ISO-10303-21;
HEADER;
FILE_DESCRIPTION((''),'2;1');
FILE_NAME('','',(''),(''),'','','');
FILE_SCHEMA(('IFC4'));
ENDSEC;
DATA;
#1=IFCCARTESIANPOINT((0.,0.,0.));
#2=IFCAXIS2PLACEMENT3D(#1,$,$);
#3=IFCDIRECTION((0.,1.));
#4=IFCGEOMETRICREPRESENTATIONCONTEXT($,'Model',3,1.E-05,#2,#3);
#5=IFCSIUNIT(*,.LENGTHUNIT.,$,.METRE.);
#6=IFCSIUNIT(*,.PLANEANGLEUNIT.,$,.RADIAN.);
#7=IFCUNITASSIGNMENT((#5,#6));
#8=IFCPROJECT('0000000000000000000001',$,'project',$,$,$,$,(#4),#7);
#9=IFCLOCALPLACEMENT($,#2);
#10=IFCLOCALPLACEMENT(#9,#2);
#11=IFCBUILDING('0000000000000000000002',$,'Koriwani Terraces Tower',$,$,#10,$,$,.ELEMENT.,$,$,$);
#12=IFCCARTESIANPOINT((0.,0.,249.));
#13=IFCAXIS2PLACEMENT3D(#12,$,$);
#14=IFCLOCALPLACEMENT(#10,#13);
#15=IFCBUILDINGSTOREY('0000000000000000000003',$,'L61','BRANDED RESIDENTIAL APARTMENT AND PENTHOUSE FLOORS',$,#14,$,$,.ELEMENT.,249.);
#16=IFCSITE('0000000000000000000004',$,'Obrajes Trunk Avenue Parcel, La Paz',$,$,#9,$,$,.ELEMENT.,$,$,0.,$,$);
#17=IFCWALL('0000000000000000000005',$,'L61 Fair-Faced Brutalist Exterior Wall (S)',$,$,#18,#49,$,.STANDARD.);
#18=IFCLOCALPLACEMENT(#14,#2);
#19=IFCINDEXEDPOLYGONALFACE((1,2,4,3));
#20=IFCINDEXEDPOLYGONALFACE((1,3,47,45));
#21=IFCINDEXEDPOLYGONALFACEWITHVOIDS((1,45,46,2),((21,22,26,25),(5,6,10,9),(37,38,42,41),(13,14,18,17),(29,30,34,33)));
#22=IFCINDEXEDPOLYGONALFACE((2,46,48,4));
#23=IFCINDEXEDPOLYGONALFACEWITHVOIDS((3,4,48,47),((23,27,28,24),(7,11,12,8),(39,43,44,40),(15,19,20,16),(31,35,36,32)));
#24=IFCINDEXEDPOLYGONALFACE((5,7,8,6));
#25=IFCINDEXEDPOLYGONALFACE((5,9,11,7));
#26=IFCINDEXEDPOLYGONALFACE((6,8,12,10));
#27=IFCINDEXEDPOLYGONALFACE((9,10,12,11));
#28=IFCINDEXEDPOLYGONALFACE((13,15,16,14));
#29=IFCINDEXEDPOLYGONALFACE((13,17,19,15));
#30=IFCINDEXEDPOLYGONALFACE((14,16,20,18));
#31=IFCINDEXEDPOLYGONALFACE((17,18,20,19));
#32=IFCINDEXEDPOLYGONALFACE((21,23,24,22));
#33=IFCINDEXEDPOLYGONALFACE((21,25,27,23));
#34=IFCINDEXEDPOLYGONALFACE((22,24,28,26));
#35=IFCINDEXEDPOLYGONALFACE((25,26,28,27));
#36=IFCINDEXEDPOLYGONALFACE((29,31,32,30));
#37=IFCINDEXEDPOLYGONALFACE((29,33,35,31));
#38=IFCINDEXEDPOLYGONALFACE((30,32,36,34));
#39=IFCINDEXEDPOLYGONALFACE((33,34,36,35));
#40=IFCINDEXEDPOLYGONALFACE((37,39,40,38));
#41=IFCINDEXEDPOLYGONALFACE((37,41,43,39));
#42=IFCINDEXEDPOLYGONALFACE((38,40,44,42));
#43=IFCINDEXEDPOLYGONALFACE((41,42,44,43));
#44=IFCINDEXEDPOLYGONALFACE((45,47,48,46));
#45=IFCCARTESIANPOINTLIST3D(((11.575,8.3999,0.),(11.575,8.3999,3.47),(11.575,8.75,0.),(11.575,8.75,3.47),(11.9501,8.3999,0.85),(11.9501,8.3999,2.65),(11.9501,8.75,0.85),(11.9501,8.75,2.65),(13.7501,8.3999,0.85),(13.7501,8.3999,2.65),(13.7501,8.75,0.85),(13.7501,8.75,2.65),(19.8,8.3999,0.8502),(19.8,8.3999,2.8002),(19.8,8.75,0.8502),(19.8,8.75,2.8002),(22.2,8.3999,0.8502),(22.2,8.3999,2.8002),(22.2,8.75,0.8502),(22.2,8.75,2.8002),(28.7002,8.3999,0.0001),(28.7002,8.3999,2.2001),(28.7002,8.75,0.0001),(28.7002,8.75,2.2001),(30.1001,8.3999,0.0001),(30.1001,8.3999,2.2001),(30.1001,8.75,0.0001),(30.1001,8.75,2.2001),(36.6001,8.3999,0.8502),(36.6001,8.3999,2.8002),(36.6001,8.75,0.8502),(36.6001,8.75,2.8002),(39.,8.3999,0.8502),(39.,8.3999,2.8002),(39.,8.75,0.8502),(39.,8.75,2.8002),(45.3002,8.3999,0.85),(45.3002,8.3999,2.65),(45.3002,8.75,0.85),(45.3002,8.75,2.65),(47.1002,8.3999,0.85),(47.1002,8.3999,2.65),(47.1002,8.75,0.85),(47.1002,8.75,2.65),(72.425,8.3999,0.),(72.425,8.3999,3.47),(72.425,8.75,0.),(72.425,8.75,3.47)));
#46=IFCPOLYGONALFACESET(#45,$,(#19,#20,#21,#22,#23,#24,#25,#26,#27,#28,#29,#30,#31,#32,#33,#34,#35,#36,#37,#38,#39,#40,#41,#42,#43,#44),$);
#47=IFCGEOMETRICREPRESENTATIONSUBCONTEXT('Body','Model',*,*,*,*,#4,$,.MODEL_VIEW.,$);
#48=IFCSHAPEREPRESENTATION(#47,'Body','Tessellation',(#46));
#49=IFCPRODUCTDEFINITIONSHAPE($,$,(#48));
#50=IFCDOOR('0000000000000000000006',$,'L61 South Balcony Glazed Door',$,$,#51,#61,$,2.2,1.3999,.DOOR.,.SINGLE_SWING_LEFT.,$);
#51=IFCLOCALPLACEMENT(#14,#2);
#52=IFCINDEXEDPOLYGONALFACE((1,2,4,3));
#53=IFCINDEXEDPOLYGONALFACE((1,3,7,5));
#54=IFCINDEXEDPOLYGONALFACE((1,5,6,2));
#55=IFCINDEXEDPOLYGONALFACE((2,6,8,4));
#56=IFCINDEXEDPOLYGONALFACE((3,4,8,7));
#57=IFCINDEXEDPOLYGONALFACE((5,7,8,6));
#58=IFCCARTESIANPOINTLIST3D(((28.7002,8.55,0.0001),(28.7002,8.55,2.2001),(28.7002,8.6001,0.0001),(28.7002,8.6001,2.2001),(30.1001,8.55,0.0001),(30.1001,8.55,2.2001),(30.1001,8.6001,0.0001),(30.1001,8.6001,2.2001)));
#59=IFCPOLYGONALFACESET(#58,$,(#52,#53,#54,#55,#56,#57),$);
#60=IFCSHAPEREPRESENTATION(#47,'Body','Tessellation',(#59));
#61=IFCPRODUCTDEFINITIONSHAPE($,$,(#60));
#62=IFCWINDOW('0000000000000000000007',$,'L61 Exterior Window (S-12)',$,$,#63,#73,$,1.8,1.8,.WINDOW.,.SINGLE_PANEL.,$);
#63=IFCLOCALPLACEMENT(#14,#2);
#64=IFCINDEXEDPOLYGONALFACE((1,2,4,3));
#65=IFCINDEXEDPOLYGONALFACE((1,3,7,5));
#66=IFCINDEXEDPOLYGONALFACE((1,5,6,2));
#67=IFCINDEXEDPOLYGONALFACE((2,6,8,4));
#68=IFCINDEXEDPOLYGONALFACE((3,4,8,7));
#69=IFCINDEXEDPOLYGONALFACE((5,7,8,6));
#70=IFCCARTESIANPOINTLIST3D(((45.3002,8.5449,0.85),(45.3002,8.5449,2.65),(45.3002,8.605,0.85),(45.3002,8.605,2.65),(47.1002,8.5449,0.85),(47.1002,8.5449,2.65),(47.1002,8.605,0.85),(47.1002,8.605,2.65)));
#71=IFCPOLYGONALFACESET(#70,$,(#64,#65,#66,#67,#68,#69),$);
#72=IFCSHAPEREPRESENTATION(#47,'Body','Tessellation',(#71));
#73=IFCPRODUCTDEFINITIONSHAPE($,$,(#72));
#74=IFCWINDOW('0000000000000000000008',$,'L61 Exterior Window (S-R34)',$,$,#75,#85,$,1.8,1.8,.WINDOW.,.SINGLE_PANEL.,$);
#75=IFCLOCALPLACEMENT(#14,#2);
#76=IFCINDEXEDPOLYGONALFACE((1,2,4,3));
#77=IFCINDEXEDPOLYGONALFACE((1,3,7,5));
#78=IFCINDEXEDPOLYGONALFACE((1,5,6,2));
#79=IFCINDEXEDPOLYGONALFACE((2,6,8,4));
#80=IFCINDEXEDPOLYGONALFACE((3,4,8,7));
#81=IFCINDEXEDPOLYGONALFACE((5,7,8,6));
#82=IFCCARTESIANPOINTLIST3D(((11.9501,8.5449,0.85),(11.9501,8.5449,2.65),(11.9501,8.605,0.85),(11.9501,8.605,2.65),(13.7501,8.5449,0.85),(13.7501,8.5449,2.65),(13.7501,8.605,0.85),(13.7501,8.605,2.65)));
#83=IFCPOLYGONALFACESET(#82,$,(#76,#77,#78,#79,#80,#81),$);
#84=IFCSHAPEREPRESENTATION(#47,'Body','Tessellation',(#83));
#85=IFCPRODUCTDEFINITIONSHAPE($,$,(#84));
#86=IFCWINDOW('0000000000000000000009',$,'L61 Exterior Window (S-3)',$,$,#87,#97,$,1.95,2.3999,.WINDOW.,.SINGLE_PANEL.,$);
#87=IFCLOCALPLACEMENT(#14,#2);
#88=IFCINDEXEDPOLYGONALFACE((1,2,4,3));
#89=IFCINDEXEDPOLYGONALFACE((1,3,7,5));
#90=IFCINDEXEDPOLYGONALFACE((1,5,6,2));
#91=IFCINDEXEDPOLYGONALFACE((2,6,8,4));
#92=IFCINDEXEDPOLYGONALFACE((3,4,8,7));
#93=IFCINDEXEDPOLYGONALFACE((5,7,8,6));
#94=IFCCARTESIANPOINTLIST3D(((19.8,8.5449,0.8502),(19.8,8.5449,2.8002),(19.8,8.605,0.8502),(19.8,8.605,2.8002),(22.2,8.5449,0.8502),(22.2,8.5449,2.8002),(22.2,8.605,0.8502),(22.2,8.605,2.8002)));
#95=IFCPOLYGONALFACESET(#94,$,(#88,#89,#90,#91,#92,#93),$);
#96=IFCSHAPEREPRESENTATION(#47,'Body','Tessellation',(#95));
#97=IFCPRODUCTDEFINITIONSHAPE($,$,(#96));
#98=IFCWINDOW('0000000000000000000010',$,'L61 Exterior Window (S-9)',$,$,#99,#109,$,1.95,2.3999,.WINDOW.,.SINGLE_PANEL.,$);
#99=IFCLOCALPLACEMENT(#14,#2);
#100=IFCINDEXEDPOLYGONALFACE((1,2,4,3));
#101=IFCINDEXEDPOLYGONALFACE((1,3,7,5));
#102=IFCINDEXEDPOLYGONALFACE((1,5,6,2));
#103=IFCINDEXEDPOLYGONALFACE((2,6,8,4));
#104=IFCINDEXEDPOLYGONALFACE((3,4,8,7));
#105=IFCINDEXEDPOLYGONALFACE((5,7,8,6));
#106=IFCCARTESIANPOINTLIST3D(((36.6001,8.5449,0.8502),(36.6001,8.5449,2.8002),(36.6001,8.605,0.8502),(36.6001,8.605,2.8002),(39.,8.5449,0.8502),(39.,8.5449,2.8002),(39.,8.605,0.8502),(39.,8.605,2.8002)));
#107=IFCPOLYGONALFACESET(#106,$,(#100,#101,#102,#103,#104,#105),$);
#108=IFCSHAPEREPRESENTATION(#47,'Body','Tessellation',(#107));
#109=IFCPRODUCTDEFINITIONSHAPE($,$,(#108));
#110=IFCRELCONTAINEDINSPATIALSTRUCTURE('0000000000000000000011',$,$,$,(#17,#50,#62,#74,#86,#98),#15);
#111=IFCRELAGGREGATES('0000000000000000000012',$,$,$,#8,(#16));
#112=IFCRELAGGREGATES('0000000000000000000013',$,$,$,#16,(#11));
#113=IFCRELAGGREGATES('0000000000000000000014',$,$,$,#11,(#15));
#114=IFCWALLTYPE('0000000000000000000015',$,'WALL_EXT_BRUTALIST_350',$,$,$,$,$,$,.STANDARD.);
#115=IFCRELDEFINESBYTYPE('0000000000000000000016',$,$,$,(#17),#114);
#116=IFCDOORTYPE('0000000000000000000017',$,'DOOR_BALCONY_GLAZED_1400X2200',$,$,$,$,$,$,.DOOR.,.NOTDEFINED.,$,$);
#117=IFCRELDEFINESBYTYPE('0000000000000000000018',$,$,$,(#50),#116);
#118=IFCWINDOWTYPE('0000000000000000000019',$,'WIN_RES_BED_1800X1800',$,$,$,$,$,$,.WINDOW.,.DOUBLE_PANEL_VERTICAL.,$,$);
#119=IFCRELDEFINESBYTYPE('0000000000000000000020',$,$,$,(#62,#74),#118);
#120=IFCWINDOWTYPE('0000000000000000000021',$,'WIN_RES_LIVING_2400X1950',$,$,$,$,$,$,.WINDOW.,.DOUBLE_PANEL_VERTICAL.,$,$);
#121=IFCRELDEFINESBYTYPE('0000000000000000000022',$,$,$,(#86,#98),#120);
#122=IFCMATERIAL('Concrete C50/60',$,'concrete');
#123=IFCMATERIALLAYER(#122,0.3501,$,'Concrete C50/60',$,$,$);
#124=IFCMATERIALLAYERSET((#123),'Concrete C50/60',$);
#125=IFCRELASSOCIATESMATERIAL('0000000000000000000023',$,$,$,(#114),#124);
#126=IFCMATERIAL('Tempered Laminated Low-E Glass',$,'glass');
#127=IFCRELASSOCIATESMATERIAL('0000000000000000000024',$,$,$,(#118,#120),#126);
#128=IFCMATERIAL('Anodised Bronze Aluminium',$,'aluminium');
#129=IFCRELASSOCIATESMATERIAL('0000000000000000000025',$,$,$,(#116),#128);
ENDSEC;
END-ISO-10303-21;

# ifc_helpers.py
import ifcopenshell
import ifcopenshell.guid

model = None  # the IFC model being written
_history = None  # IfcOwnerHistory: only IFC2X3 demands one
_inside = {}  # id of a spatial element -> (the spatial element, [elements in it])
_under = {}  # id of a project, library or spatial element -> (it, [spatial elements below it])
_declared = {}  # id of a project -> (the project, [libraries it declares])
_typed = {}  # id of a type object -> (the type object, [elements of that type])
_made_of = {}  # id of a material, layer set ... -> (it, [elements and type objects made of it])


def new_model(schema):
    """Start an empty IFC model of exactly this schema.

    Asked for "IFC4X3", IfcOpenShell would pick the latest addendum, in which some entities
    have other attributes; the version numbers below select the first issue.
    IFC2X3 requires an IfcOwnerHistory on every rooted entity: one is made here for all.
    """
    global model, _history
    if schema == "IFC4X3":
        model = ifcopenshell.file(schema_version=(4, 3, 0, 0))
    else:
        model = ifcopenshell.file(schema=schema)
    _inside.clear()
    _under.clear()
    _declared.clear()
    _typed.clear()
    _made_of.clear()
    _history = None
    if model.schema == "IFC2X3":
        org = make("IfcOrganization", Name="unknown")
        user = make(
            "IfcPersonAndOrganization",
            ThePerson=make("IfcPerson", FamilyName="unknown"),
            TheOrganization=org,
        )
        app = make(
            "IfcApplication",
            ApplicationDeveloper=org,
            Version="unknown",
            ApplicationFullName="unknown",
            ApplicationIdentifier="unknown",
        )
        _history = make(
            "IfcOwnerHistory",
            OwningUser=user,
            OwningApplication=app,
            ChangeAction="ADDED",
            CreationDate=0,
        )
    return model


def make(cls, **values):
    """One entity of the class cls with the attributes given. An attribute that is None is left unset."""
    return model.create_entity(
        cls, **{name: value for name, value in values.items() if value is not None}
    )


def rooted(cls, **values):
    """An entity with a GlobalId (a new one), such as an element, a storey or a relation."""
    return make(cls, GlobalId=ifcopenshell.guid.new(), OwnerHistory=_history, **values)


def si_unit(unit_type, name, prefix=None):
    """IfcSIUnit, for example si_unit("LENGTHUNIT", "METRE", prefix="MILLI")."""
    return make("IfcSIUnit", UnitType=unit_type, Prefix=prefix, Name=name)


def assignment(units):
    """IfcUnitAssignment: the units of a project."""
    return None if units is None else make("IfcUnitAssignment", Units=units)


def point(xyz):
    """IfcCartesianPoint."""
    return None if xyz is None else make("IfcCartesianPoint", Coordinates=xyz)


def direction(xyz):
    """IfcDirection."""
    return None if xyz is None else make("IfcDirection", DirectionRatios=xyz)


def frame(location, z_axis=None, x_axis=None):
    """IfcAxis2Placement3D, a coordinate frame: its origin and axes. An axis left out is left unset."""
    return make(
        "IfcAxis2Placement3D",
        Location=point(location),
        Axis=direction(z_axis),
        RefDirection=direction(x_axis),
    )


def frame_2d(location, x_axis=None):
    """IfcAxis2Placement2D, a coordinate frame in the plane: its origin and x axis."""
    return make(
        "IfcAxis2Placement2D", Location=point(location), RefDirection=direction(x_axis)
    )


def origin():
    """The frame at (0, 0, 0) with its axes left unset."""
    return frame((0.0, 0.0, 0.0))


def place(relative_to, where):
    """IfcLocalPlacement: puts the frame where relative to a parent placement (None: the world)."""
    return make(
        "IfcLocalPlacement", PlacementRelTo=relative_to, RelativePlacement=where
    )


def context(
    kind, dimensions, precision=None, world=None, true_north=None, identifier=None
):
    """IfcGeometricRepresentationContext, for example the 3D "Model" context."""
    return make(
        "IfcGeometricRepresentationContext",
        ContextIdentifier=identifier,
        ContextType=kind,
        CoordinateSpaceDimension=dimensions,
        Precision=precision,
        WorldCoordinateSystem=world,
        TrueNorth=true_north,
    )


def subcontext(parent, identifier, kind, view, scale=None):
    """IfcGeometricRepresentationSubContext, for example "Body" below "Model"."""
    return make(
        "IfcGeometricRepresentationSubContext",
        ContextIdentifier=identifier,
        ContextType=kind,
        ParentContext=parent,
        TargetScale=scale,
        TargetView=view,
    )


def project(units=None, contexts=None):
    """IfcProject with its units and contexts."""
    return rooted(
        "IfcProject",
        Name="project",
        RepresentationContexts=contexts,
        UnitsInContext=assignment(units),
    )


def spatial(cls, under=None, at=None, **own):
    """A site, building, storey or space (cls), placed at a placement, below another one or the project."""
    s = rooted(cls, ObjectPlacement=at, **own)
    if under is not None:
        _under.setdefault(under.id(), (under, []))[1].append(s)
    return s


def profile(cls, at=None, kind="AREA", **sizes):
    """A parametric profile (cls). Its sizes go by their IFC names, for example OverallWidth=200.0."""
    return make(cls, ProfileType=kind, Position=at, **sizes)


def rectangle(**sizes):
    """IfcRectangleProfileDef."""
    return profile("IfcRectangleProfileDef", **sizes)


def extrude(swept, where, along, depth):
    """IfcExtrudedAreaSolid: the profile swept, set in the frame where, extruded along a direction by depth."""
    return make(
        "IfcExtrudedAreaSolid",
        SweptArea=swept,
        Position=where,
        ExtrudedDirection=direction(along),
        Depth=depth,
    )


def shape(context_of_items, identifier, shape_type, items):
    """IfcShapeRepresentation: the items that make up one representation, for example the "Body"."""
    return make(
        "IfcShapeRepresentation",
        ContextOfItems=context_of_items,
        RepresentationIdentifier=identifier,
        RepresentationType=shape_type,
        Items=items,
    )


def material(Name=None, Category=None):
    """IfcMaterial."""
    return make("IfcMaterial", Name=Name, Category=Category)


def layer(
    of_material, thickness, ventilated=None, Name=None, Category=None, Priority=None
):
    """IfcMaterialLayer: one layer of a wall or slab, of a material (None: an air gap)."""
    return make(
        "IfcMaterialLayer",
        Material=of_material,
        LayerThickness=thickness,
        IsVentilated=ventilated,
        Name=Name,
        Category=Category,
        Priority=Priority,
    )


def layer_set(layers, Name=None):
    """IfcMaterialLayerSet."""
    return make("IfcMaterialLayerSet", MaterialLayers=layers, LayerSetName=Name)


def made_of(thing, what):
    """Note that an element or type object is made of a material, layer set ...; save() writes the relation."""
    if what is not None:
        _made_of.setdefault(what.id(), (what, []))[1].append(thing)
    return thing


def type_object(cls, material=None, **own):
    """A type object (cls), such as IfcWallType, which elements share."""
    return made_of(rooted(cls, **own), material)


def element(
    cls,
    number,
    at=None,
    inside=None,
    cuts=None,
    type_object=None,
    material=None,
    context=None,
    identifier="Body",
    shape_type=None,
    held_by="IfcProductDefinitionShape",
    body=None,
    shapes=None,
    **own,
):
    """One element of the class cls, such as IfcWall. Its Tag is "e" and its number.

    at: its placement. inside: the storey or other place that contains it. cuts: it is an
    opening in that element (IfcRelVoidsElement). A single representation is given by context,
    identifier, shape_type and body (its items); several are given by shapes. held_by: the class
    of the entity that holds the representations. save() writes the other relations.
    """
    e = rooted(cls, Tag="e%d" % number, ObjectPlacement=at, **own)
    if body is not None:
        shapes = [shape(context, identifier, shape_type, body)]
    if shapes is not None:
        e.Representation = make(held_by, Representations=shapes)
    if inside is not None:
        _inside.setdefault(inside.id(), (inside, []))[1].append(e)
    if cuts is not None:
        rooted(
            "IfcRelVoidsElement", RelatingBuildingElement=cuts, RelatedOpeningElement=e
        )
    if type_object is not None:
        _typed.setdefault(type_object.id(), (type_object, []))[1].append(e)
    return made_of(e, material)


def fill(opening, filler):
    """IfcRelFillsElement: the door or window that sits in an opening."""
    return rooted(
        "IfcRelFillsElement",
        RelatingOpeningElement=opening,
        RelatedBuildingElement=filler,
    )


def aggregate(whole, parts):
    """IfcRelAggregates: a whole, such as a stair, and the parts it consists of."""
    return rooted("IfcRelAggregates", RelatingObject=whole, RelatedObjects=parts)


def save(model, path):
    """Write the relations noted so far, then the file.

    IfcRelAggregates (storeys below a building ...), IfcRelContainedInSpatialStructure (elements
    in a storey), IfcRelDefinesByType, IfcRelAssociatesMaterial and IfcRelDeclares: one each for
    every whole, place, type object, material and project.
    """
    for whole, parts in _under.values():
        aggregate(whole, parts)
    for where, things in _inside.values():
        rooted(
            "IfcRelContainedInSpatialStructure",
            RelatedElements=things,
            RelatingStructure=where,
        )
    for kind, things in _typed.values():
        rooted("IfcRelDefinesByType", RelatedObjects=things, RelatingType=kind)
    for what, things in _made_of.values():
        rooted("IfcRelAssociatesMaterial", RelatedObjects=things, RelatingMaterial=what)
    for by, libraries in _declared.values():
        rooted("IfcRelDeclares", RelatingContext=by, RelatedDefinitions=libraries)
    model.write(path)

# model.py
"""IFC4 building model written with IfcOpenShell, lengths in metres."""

from ifc_helpers import new_model, si_unit, direction, frame, frame_2d, origin, place, context, subcontext, project, spatial, rectangle, extrude, material, layer, layer_set, type_object, element, fill, save


model = new_model("IFC4")

# Units and contexts
model_context = context("Model", 3, precision=1e-05, world=origin(), true_north=direction((0.0, 1.0)))
body_context = subcontext(model_context, "Body", "Model", "MODEL_VIEW")
ifc_project = project(units=[si_unit("LENGTHUNIT", "METRE"), si_unit("PLANEANGLEUNIT", "RADIAN")], contexts=[model_context])

# Site, building, storey
site_placement = place(None, origin())
site = spatial("IfcSite", under=ifc_project, at=site_placement, Name="Obrajes Trunk Avenue Parcel, La Paz", CompositionType="ELEMENT", RefElevation=0.0)
building_placement = place(site_placement, origin())
building = spatial("IfcBuilding", under=site, at=building_placement, Name="Koriwani Terraces Tower", CompositionType="ELEMENT")
storey_placement = place(building_placement, frame((0.0, 0.0, 249.0)))
storey = spatial("IfcBuildingStorey", under=building, at=storey_placement, Name="L61", Description="BRANDED RESIDENTIAL APARTMENT AND PENTHOUSE FLOORS", CompositionType="ELEMENT", Elevation=249.0)

# Shared definitions
ifc_material_1 = material(Name="Concrete C50/60", Category="concrete")

# Shared definitions
ifc_layer = layer(ifc_material_1, 0.3501, Name="Concrete C50/60")
ifc_layer_set = layer_set([ifc_layer], Name="Concrete C50/60")
wall_type = type_object("IfcWallType", Name="WALL_EXT_BRUTALIST_350", PredefinedType="STANDARD", material=ifc_layer_set)
ifc_material_2 = material(Name="Tempered Laminated Low-E Glass", Category="glass")
window_type_1 = type_object("IfcWindowType", Name="WIN_RES_BED_1800X1800", PartitioningType="DOUBLE_PANEL_VERTICAL", PredefinedType="WINDOW", material=ifc_material_2)

# Wall, openings, door, windows
wall_1_placement = place(storey_placement, frame((72.425, 8.575, 0.0), z_axis=(0.0, 0.0, 1.0), x_axis=(-1.0, 0.0, 0.0)))
wall_1 = element("IfcWall", 1, at=wall_1_placement, inside=storey, type_object=wall_type, Name="L61 Fair-Faced Brutalist Exterior Wall (S)", PredefinedType="STANDARD", context=body_context, shape_type="SweptSolid", body=[
    extrude(rectangle(XDim=60.8501, YDim=0.3501, at=frame_2d((30.425, 0.0))), origin(), (0.0, 0.0, 1.0), 3.47),
])
opening_1_placement = place(wall_1_placement, frame((42.325, 0.0, 0.0)))
opening_1 = element("IfcOpeningElement", 2, at=opening_1_placement, cuts=wall_1, PredefinedType="OPENING", context=body_context, shape_type="SweptSolid", body=[
    extrude(rectangle(XDim=1.3999, YDim=2.2, at=frame_2d((0.7, 1.1001))), frame((0.0, 0.1851, 0.0), z_axis=(0.0, -1.0, 0.0), x_axis=(1.0, 0.0, 0.0)), (0.0, 0.0, 1.0), 0.3701),
])
opening_2_placement = place(wall_1_placement, frame((50.2251, 0.0, 0.8501)))
opening_2 = element("IfcOpeningElement", 3, at=opening_2_placement, cuts=wall_1, PredefinedType="OPENING", context=body_context, shape_type="SweptSolid", body=[
    extrude(rectangle(XDim=2.3999, YDim=1.95, at=frame_2d((1.2, 0.9751))), frame((0.0, 0.1851, 0.0), z_axis=(0.0, -1.0, 0.0), x_axis=(1.0, 0.0, 0.0)), (0.0, 0.0, 1.0), 0.3701),
])
opening_3_placement = place(wall_1_placement, frame((33.425, 0.0, 0.8501)))
opening_3 = element("IfcOpeningElement", 4, at=opening_3_placement, cuts=wall_1, PredefinedType="OPENING", context=body_context, shape_type="SweptSolid", body=[
    extrude(rectangle(XDim=2.3999, YDim=1.95, at=frame_2d((1.2, 0.9751))), frame((0.0, 0.1851, 0.0), z_axis=(0.0, -1.0, 0.0), x_axis=(1.0, 0.0, 0.0)), (0.0, 0.0, 1.0), 0.3701),
])
opening_4_placement = place(wall_1_placement, frame((25.325, 0.0, 0.8501)))
opening_4 = element("IfcOpeningElement", 5, at=opening_4_placement, cuts=wall_1, PredefinedType="OPENING", context=body_context, shape_type="SweptSolid", body=[
    extrude(rectangle(XDim=1.8, YDim=1.8, at=frame_2d((0.8999, 0.8999))), frame((0.0, 0.1851, 0.0), z_axis=(0.0, -1.0, 0.0), x_axis=(1.0, 0.0, 0.0)), (0.0, 0.0, 1.0), 0.3701),
])
opening_5_placement = place(wall_1_placement, frame((58.675, 0.0, 0.8501)))
opening_5 = element("IfcOpeningElement", 6, at=opening_5_placement, cuts=wall_1, PredefinedType="OPENING", context=body_context, shape_type="SweptSolid", body=[
    extrude(rectangle(XDim=1.8, YDim=1.8, at=frame_2d((0.8999, 0.8999))), frame((0.0, 0.1851, 0.0), z_axis=(0.0, -1.0, 0.0), x_axis=(1.0, 0.0, 0.0)), (0.0, 0.0, 1.0), 0.3701),
])
ifc_material_3 = material(Name="Anodised Bronze Aluminium", Category="aluminium")
door_type = type_object("IfcDoorType", Name="DOOR_BALCONY_GLAZED_1400X2200", OperationType="NOTDEFINED", PredefinedType="DOOR", material=ifc_material_3)
door_placement = place(opening_1_placement, origin())
door = element("IfcDoor", 7, at=door_placement, inside=storey, type_object=door_type, Name="L61 South Balcony Glazed Door", OperationType="SINGLE_SWING_LEFT", OverallHeight=2.2, OverallWidth=1.3999, PredefinedType="DOOR", context=body_context, shape_type="SweptSolid", body=[
    extrude(rectangle(XDim=1.3999, YDim=2.2, at=frame_2d((0.7, 1.1001))), frame((0.0, 0.0249, 0.0), z_axis=(0.0, -1.0, 0.0), x_axis=(1.0, 0.0, 0.0)), (0.0, 0.0, 1.0), 0.05),
])
fill(opening_1, door)
window_1_placement = place(opening_4_placement, origin())
window_1 = element("IfcWindow", 8, at=window_1_placement, inside=storey, type_object=window_type_1, Name="L61 Exterior Window (S-12)", OverallHeight=1.8, OverallWidth=1.8, PartitioningType="SINGLE_PANEL", PredefinedType="WINDOW", context=body_context, shape_type="SweptSolid", body=[
    extrude(rectangle(XDim=1.8, YDim=1.8, at=frame_2d((0.8999, 0.8999))), frame((0.0, 0.03, 0.0), z_axis=(0.0, -1.0, 0.0), x_axis=(1.0, 0.0, 0.0)), (0.0, 0.0, 1.0), 0.0601),
])
fill(opening_4, window_1)
window_2_placement = place(opening_5_placement, origin())
window_2 = element("IfcWindow", 9, at=window_2_placement, inside=storey, type_object=window_type_1, Name="L61 Exterior Window (S-R34)", OverallHeight=1.8, OverallWidth=1.8, PartitioningType="SINGLE_PANEL", PredefinedType="WINDOW", context=body_context, shape_type="SweptSolid", body=[
    extrude(rectangle(XDim=1.8, YDim=1.8, at=frame_2d((0.8999, 0.8999))), frame((0.0, 0.03, 0.0), z_axis=(0.0, -1.0, 0.0), x_axis=(1.0, 0.0, 0.0)), (0.0, 0.0, 1.0), 0.0601),
])
fill(opening_5, window_2)
window_type_2 = type_object("IfcWindowType", Name="WIN_RES_LIVING_2400X1950", PartitioningType="DOUBLE_PANEL_VERTICAL", PredefinedType="WINDOW", material=ifc_material_2)
window_3_placement = place(opening_2_placement, origin())
window_3 = element("IfcWindow", 10, at=window_3_placement, inside=storey, type_object=window_type_2, Name="L61 Exterior Window (S-3)", OverallHeight=1.95, OverallWidth=2.3999, PartitioningType="SINGLE_PANEL", PredefinedType="WINDOW", context=body_context, shape_type="SweptSolid", body=[
    extrude(rectangle(XDim=2.3999, YDim=1.95, at=frame_2d((1.2, 0.9751))), frame((0.0, 0.03, 0.0), z_axis=(0.0, -1.0, 0.0), x_axis=(1.0, 0.0, 0.0)), (0.0, 0.0, 1.0), 0.0601),
])
fill(opening_2, window_3)
window_4_placement = place(opening_3_placement, origin())
window_4 = element("IfcWindow", 11, at=window_4_placement, inside=storey, type_object=window_type_2, Name="L61 Exterior Window (S-9)", OverallHeight=1.95, OverallWidth=2.3999, PartitioningType="SINGLE_PANEL", PredefinedType="WINDOW", context=body_context, shape_type="SweptSolid", body=[
    extrude(rectangle(XDim=2.3999, YDim=1.95, at=frame_2d((1.2, 0.9751))), frame((0.0, 0.03, 0.0), z_axis=(0.0, -1.0, 0.0), x_axis=(1.0, 0.0, 0.0)), (0.0, 0.0, 1.0), 0.0601),
])
fill(opening_3, window_4)

save(model, "model.ifc")
